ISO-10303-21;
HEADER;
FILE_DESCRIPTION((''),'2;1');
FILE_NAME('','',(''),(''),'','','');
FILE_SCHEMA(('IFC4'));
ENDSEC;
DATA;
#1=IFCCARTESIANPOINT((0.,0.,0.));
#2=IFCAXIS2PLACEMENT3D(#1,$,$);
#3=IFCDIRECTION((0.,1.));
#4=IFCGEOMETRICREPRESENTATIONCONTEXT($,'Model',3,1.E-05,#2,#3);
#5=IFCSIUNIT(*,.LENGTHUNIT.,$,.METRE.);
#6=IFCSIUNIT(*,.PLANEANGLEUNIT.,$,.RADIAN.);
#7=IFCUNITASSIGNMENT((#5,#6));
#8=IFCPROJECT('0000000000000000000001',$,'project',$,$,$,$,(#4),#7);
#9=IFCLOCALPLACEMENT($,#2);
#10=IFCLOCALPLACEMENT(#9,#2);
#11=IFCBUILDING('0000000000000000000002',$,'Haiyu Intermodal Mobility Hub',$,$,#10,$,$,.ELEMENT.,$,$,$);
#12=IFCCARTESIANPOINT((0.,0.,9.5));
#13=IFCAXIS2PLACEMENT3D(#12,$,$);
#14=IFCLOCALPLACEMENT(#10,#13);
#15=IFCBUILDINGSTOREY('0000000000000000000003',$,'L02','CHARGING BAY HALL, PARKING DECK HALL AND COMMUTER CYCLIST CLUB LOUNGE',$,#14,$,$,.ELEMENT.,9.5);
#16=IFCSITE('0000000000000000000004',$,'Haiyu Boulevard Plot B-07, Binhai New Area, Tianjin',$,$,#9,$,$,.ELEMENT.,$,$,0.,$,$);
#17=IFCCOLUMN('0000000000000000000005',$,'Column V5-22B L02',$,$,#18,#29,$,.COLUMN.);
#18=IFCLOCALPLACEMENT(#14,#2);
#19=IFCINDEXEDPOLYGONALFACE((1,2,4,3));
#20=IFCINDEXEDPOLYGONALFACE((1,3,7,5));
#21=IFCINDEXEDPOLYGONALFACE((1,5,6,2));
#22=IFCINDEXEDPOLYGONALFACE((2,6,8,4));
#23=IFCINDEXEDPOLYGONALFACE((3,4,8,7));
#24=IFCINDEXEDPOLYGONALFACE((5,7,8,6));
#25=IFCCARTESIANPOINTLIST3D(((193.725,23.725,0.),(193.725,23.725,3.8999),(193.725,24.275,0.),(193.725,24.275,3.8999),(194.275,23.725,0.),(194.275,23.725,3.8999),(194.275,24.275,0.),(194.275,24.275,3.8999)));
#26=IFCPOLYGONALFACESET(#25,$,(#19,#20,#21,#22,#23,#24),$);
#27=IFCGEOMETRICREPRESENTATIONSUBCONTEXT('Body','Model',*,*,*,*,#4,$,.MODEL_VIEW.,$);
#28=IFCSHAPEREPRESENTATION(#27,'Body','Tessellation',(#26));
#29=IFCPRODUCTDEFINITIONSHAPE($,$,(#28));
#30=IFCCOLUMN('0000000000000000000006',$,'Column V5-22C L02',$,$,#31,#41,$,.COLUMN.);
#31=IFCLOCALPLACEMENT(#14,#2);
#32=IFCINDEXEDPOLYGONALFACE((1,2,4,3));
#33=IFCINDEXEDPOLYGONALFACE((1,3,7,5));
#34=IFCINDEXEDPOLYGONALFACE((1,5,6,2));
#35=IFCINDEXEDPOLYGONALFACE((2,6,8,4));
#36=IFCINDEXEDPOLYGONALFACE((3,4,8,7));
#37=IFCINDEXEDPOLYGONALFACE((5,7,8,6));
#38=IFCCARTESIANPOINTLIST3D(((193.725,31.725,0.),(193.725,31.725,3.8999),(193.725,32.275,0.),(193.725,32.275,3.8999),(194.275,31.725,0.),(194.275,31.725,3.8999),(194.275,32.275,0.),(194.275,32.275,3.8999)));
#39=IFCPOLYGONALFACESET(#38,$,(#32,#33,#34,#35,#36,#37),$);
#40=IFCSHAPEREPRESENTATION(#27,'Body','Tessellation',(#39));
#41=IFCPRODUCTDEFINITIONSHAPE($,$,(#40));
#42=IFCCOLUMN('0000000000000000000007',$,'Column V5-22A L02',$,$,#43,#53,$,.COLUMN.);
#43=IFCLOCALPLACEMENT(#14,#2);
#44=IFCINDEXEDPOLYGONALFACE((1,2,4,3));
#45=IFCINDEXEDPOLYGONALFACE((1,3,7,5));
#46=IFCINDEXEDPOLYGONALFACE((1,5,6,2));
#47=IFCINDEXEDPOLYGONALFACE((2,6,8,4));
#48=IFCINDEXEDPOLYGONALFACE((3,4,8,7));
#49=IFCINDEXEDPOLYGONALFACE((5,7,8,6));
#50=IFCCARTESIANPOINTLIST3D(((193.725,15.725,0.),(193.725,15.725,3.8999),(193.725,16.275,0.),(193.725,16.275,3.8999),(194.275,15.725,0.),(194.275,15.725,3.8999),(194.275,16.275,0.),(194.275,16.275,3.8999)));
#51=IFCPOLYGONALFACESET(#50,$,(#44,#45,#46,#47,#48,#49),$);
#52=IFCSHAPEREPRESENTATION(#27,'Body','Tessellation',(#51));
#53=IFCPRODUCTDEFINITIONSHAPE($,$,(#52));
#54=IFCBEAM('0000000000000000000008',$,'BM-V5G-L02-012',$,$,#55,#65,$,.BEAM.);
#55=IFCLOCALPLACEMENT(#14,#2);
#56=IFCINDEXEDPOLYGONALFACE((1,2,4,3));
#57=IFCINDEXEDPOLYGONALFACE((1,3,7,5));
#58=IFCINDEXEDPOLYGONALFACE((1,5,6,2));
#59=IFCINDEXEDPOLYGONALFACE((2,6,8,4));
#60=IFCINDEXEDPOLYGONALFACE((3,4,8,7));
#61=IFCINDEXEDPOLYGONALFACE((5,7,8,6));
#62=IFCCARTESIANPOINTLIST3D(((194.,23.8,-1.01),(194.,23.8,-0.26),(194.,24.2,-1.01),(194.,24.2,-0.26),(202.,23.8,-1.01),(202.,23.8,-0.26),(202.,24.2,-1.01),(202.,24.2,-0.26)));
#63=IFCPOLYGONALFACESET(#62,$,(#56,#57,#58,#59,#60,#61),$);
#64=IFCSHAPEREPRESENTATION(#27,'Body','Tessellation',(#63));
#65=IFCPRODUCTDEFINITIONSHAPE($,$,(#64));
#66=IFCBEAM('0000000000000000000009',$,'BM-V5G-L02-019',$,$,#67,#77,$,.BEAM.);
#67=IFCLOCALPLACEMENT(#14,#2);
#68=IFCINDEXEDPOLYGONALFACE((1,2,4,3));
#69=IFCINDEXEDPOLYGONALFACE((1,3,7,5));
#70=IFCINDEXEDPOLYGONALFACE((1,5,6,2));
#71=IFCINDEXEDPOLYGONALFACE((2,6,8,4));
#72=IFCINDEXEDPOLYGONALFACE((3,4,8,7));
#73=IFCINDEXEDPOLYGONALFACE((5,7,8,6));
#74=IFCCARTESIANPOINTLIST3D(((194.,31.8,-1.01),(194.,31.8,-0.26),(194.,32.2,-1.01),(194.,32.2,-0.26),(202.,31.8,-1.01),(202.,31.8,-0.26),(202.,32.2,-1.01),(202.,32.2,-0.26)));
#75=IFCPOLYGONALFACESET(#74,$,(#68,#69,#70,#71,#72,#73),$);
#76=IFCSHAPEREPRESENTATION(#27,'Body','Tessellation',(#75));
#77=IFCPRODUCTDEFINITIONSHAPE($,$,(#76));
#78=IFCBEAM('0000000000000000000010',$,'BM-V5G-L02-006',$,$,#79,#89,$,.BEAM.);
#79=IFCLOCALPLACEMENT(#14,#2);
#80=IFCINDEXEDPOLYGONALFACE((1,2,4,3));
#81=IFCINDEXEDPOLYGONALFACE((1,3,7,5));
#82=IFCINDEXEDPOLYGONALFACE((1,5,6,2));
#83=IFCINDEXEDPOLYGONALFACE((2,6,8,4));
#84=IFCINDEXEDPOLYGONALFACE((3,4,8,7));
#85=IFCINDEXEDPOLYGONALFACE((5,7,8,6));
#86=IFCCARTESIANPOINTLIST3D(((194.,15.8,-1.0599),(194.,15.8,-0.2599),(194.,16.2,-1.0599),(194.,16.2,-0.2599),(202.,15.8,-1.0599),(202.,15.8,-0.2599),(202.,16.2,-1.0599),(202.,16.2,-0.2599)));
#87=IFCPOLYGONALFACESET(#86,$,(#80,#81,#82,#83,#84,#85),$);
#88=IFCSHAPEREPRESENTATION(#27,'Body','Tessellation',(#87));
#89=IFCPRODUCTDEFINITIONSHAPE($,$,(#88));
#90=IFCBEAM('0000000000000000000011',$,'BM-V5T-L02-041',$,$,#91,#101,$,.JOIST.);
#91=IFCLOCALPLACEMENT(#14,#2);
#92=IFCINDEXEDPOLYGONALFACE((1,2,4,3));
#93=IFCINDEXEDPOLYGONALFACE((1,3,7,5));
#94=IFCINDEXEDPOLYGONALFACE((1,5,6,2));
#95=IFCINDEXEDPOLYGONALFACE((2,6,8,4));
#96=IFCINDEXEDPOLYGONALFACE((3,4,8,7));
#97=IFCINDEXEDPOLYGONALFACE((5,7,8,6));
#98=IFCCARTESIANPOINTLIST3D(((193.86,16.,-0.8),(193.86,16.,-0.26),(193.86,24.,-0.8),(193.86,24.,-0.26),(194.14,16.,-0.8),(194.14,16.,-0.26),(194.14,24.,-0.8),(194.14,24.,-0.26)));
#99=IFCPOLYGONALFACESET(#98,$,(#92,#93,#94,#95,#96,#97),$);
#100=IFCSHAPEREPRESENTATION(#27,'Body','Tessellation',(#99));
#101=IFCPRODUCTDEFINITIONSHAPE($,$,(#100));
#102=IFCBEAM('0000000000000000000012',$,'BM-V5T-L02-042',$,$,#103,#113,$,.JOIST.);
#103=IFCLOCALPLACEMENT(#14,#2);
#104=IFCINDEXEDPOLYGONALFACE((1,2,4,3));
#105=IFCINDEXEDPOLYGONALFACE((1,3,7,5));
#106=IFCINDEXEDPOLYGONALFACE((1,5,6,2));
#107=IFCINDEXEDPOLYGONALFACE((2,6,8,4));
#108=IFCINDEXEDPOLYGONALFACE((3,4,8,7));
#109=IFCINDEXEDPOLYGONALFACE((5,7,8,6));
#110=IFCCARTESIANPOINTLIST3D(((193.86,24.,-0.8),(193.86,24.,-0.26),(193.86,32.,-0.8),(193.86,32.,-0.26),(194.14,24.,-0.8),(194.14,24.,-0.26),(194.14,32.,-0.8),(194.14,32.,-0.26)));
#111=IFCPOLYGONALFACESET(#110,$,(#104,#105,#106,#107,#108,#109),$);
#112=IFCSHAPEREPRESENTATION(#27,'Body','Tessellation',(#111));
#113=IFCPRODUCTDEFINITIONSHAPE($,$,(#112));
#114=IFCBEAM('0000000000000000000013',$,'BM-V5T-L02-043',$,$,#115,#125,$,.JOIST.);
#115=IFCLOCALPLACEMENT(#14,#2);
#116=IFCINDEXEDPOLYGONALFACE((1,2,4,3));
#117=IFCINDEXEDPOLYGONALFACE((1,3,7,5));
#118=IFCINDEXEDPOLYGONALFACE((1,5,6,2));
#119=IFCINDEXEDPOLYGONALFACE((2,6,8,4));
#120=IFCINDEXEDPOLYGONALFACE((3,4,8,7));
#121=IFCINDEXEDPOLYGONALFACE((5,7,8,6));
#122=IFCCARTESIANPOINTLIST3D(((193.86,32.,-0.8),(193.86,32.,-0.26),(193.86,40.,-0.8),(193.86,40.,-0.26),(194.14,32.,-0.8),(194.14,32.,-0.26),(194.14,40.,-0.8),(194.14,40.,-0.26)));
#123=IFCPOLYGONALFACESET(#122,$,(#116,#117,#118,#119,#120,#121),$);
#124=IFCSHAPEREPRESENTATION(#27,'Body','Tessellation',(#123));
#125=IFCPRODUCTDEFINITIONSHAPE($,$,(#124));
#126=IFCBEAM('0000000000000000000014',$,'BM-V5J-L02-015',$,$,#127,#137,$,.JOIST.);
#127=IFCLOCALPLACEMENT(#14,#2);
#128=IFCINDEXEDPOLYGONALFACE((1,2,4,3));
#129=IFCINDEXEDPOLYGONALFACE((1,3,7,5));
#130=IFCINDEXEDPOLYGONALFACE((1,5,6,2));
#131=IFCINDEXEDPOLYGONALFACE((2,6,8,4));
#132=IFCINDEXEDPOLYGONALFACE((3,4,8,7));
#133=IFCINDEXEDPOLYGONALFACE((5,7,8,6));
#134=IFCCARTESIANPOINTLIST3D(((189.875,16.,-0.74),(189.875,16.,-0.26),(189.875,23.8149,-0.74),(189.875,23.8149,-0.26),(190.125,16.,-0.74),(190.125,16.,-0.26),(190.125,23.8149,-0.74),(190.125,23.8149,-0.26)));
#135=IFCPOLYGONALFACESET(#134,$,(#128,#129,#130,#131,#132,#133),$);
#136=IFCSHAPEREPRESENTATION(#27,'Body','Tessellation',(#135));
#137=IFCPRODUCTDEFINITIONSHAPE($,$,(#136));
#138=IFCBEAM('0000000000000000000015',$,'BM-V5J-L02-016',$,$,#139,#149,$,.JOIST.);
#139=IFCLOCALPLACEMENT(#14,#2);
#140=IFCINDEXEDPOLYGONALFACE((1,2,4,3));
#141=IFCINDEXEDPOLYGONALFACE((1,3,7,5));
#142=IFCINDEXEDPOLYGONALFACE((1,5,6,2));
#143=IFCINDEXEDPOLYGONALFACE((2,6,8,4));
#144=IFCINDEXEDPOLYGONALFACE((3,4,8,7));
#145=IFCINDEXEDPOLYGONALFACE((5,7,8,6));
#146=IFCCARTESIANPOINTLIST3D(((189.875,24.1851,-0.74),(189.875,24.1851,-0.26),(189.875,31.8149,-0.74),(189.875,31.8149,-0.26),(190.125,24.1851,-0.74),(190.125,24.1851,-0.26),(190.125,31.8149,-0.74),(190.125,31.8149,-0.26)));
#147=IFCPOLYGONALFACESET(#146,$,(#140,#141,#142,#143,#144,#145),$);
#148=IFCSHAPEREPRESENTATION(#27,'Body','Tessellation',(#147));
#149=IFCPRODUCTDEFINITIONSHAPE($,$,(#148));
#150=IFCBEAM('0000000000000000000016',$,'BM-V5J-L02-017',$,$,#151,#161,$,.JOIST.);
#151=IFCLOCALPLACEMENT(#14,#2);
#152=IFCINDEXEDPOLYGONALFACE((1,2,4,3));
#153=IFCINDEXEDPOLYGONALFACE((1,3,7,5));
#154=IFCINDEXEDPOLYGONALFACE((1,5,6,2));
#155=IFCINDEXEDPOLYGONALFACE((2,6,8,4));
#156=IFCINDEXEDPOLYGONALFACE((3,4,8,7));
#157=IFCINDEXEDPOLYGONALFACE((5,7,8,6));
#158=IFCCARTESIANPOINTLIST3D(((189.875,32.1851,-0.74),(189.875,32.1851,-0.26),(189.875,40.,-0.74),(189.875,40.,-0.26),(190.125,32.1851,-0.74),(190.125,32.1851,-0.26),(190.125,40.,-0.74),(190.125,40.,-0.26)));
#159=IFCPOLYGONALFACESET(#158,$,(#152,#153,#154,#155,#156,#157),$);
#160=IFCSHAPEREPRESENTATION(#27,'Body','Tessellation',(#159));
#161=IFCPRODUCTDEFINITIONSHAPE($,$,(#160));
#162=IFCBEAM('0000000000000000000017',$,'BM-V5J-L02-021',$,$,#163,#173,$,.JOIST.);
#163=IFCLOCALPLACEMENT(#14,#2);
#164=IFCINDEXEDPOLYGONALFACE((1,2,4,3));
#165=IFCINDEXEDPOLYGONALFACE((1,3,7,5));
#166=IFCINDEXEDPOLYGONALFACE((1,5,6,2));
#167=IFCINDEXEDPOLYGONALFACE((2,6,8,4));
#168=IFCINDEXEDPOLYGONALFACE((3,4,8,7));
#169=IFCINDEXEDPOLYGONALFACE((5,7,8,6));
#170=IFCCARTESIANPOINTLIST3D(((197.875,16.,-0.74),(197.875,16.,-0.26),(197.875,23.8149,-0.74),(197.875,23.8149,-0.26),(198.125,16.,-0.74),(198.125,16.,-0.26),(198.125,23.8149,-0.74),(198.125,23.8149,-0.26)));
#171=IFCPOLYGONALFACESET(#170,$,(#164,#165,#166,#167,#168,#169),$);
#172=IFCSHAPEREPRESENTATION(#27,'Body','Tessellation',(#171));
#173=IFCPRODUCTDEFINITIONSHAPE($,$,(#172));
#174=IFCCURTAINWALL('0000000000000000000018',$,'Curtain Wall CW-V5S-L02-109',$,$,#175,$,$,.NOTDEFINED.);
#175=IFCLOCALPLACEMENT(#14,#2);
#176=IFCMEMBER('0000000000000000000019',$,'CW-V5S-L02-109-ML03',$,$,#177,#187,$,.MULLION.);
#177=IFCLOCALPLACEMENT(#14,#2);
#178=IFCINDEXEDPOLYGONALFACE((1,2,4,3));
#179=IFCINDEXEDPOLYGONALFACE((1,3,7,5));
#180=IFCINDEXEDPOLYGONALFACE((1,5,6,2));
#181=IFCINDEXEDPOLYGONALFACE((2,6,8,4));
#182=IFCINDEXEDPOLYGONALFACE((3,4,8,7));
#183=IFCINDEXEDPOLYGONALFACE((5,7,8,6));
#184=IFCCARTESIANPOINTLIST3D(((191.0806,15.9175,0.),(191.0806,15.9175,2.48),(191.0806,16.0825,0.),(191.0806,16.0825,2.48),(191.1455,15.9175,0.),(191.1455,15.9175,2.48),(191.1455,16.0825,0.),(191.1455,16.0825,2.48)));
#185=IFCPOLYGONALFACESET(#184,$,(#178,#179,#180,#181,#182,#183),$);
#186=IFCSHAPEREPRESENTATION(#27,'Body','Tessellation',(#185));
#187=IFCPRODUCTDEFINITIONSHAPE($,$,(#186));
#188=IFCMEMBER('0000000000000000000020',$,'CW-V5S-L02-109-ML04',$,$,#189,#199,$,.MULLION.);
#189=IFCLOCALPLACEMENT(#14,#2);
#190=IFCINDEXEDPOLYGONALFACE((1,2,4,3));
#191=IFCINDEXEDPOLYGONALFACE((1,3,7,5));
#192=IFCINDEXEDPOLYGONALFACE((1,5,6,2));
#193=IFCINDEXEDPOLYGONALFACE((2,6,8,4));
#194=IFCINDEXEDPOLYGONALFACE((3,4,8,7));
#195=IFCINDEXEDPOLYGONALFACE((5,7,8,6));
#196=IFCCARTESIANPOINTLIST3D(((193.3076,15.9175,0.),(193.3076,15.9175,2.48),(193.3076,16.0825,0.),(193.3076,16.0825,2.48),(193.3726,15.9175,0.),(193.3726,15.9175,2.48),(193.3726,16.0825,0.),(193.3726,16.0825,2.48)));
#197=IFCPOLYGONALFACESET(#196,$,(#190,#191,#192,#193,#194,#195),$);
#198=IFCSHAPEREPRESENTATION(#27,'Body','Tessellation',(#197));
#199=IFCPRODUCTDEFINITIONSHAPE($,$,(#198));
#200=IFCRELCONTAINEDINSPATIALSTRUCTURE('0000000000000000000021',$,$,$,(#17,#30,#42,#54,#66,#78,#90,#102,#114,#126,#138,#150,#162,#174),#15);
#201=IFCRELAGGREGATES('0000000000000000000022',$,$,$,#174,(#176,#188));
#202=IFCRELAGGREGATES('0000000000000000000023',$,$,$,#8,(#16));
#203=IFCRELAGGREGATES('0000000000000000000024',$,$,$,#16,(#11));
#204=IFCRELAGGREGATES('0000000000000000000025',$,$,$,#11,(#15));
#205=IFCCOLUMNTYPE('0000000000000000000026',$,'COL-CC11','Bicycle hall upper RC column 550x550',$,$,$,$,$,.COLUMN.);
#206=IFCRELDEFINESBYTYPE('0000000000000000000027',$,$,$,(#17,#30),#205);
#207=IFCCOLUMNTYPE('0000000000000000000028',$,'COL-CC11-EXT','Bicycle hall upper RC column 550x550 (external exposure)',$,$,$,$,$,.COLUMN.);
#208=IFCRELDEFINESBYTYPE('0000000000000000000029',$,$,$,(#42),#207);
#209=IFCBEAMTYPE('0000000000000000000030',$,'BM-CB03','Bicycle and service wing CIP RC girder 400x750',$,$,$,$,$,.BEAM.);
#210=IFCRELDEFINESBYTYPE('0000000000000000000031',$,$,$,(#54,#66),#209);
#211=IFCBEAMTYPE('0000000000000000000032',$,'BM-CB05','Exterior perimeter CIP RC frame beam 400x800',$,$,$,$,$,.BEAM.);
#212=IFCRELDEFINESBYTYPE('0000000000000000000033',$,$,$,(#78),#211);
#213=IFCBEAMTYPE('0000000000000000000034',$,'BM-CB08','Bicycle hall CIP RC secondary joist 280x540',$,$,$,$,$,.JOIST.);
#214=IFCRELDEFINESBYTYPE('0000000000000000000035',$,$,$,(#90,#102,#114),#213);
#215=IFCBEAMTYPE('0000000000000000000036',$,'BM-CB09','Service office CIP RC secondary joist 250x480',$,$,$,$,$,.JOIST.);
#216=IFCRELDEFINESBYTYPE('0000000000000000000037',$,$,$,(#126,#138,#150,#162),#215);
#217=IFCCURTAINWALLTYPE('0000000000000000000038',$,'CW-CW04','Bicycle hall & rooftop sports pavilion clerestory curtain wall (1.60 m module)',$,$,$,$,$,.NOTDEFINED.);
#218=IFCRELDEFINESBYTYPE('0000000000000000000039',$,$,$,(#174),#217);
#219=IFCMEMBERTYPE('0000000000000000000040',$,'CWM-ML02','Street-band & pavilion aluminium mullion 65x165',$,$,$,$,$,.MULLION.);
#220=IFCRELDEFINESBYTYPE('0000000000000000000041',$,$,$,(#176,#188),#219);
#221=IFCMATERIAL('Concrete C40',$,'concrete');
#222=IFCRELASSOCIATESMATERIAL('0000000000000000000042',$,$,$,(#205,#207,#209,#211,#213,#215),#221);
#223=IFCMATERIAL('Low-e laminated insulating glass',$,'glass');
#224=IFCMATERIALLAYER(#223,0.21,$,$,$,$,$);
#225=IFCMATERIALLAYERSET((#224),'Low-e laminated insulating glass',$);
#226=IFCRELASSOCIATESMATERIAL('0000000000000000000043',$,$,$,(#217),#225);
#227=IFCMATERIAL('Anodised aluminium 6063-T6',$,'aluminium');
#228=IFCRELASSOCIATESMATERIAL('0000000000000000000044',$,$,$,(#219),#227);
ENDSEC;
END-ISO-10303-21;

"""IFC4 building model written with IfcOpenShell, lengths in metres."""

from ifc_helpers import new_model, si_unit, direction, frame, origin, origin_2d, place, context, subcontext, project, spatial, rectangle, extrude, material, layer, layer_set, material_profile, profile_set, type_object, element, aggregate, save


model = new_model("IFC4")

# Units and contexts
model_context = context("Model", 3, precision=1e-05, world=origin(), true_north=direction((0.0, 1.0)))
body_context = subcontext(model_context, "Body", "Model", "MODEL_VIEW")
ifc_project = project(units=[si_unit("LENGTHUNIT", "METRE"), si_unit("PLANEANGLEUNIT", "RADIAN")], contexts=[model_context])

# Site, building, storey
site_placement = place(None, origin())
site = spatial("IfcSite", under=ifc_project, at=site_placement, Name="Haiyu Boulevard Plot B-07, Binhai New Area, Tianjin", CompositionType="ELEMENT", RefElevation=0.0)
building_placement = place(site_placement, origin())
building = spatial("IfcBuilding", under=site, at=building_placement, Name="Haiyu Intermodal Mobility Hub", CompositionType="ELEMENT")
storey_placement = place(building_placement, frame((0.0, 0.0, 9.5)))
storey = spatial("IfcBuildingStorey", under=building, at=storey_placement, Name="L02", Description="CHARGING BAY HALL, PARKING DECK HALL AND COMMUTER CYCLIST CLUB LOUNGE", CompositionType="ELEMENT", Elevation=9.5)

# Columns
ifc_material_1 = material(Name="Concrete C40", Category="concrete")
ifc_material_profile_1 = material_profile(ifc_material_1, rectangle(XDim=0.55, YDim=0.55, at=origin_2d()), Name="RC550x550")
ifc_profile_set_1 = profile_set([ifc_material_profile_1], Name="Concrete C40")
column_type_1 = type_object("IfcColumnType", Name="COL-CC11", Description="Bicycle hall upper RC column 550x550", PredefinedType="COLUMN", material=ifc_profile_set_1)
for number, where, z_axis, x_axis, name in (
    (1, (194.0, 24.0, 0.0), (0.0, 0.0, 1.0), (1.0, 0.0, 0.0), "Column V5-22B L02"),
    (2, (194.0, 32.0, 0.0), (0.0, 0.0, 1.0), (1.0, 0.0, 0.0), "Column V5-22C L02"),
):
    element("IfcColumn", number, at=place(storey_placement, frame(where, z_axis=z_axis, x_axis=x_axis)), inside=storey, type_object=column_type_1, Name=name, PredefinedType="COLUMN", context=body_context, shape_type="SweptSolid", body=[
        extrude(rectangle(XDim=0.55, YDim=0.55, at=origin_2d()), origin(), (0.0, 0.0, 1.0), 3.8999),
    ])
ifc_material_profile_2 = material_profile(ifc_material_1, rectangle(XDim=0.55, YDim=0.55, at=origin_2d()), Name="RC550x550")
ifc_profile_set_2 = profile_set([ifc_material_profile_2], Name="Concrete C40")
column_type_2 = type_object("IfcColumnType", Name="COL-CC11-EXT", Description="Bicycle hall upper RC column 550x550 (external exposure)", PredefinedType="COLUMN", material=ifc_profile_set_2)
column_placement = place(storey_placement, frame((194.0, 16.0, 0.0), z_axis=(0.0, 0.0, 1.0), x_axis=(1.0, 0.0, 0.0)))
element("IfcColumn", 3, at=column_placement, inside=storey, type_object=column_type_2, Name="Column V5-22A L02", PredefinedType="COLUMN", context=body_context, shape_type="SweptSolid", body=[
    extrude(rectangle(XDim=0.55, YDim=0.55, at=origin_2d()), origin(), (0.0, 0.0, 1.0), 3.8999),
])

# Beams
ifc_material_profile_3 = material_profile(ifc_material_1, rectangle(XDim=0.3999, YDim=0.75, at=origin_2d()), Name="RCB400x750")
ifc_profile_set_3 = profile_set([ifc_material_profile_3], Name="Concrete C40")
beam_type_1 = type_object("IfcBeamType", Name="BM-CB03", Description="Bicycle and service wing CIP RC girder 400x750", PredefinedType="BEAM", material=ifc_profile_set_3)
for number, where, z_axis, x_axis, name in (
    (4, (194.0, 24.0, -0.635), (1.0, 0.0, 0.0), (0.0, 1.0, 0.0), "BM-V5G-L02-012"),
    (5, (194.0, 32.0, -0.635), (1.0, 0.0, 0.0), (0.0, 1.0, 0.0), "BM-V5G-L02-019"),
):
    element("IfcBeam", number, at=place(storey_placement, frame(where, z_axis=z_axis, x_axis=x_axis)), inside=storey, type_object=beam_type_1, Name=name, PredefinedType="BEAM", context=body_context, shape_type="SweptSolid", body=[
        extrude(rectangle(XDim=0.3999, YDim=0.75, at=origin_2d()), origin(), (0.0, 0.0, 1.0), 8.0),
    ])
ifc_material_profile_4 = material_profile(ifc_material_1, rectangle(XDim=0.3999, YDim=0.8, at=origin_2d()), Name="RCB400x800")
ifc_profile_set_4 = profile_set([ifc_material_profile_4], Name="Concrete C40")
beam_type_2 = type_object("IfcBeamType", Name="BM-CB05", Description="Exterior perimeter CIP RC frame beam 400x800", PredefinedType="BEAM", material=ifc_profile_set_4)
beam_1_placement = place(storey_placement, frame((194.0, 16.0, -0.6599), z_axis=(1.0, 0.0, 0.0), x_axis=(0.0, 1.0, 0.0)))
element("IfcBeam", 6, at=beam_1_placement, inside=storey, type_object=beam_type_2, Name="BM-V5G-L02-006", PredefinedType="BEAM", context=body_context, shape_type="SweptSolid", body=[
    extrude(rectangle(XDim=0.3999, YDim=0.8, at=origin_2d()), origin(), (0.0, 0.0, 1.0), 8.0),
])
ifc_material_profile_5 = material_profile(ifc_material_1, rectangle(XDim=0.28, YDim=0.54, at=origin_2d()), Name="RCB280x540")
ifc_profile_set_5 = profile_set([ifc_material_profile_5], Name="Concrete C40")
beam_type_3 = type_object("IfcBeamType", Name="BM-CB08", Description="Bicycle hall CIP RC secondary joist 280x540", PredefinedType="JOIST", material=ifc_profile_set_5)
for number, where, z_axis, x_axis, name in (
    (7, (194.0, 16.0, -0.53), (0.0, 1.0, 0.0), (-1.0, 0.0, 0.0), "BM-V5T-L02-041"),
    (8, (194.0, 24.0, -0.53), (0.0, 1.0, 0.0), (-1.0, 0.0, 0.0), "BM-V5T-L02-042"),
    (9, (194.0, 32.0, -0.53), (0.0, 1.0, 0.0), (-1.0, 0.0, 0.0), "BM-V5T-L02-043"),
):
    element("IfcBeam", number, at=place(storey_placement, frame(where, z_axis=z_axis, x_axis=x_axis)), inside=storey, type_object=beam_type_3, Name=name, PredefinedType="JOIST", context=body_context, shape_type="SweptSolid", body=[
        extrude(rectangle(XDim=0.28, YDim=0.54, at=origin_2d()), origin(), (0.0, 0.0, 1.0), 8.0),
    ])
ifc_material_profile_6 = material_profile(ifc_material_1, rectangle(XDim=0.25, YDim=0.48, at=origin_2d()), Name="RCB250x480")
ifc_profile_set_6 = profile_set([ifc_material_profile_6], Name="Concrete C40")
beam_type_4 = type_object("IfcBeamType", Name="BM-CB09", Description="Service office CIP RC secondary joist 250x480", PredefinedType="JOIST", material=ifc_profile_set_6)
beam_2_placement = place(storey_placement, frame((190.0, 16.0, -0.5), z_axis=(0.0, 1.0, 0.0), x_axis=(-1.0, 0.0, 0.0)))
element("IfcBeam", 10, at=beam_2_placement, inside=storey, type_object=beam_type_4, Name="BM-V5J-L02-015", PredefinedType="JOIST", context=body_context, shape_type="SweptSolid", body=[
    extrude(rectangle(XDim=0.25, YDim=0.48, at=origin_2d()), origin(), (0.0, 0.0, 1.0), 7.8149),
])
beam_3_placement = place(storey_placement, frame((190.0, 24.1851, -0.5), z_axis=(0.0, 1.0, 0.0), x_axis=(-1.0, 0.0, 0.0)))
element("IfcBeam", 11, at=beam_3_placement, inside=storey, type_object=beam_type_4, Name="BM-V5J-L02-016", PredefinedType="JOIST", context=body_context, shape_type="SweptSolid", body=[
    extrude(rectangle(XDim=0.25, YDim=0.48, at=origin_2d()), origin(), (0.0, 0.0, 1.0), 7.6299),
])
for number, where, z_axis, x_axis, name in (
    (12, (190.0, 32.1851, -0.5), (0.0, 1.0, 0.0), (-1.0, 0.0, 0.0), "BM-V5J-L02-017"),
    (13, (198.0, 16.0, -0.5), (0.0, 1.0, 0.0), (-1.0, 0.0, 0.0), "BM-V5J-L02-021"),
):
    element("IfcBeam", number, at=place(storey_placement, frame(where, z_axis=z_axis, x_axis=x_axis)), inside=storey, type_object=beam_type_4, Name=name, PredefinedType="JOIST", context=body_context, shape_type="SweptSolid", body=[
        extrude(rectangle(XDim=0.25, YDim=0.48, at=origin_2d()), origin(), (0.0, 0.0, 1.0), 7.8149),
    ])

# Curtain wall, members
ifc_material_2 = material(Name="Low-e laminated insulating glass", Category="glass")
ifc_layer_1 = layer(ifc_material_2, 0.21)
ifc_layer_set_1 = layer_set([ifc_layer_1], Name="Low-e laminated insulating glass")
curtain_wall_type = type_object("IfcCurtainWallType", Name="CW-CW04", Description="Bicycle hall & rooftop sports pavilion clerestory curtain wall (1.60 m module)", PredefinedType="NOTDEFINED", material=ifc_layer_set_1)
curtain_wall_1_placement = place(storey_placement, origin())
curtain_wall_1 = element("IfcCurtainWall", 14, at=curtain_wall_1_placement, inside=storey, type_object=curtain_wall_type, Name="Curtain Wall CW-V5S-L02-109", PredefinedType="NOTDEFINED")
ifc_material_3 = material(Name="Anodised aluminium 6063-T6", Category="aluminium")
ifc_material_profile_7 = material_profile(ifc_material_3, rectangle(XDim=0.0649, YDim=0.165, at=origin_2d()), Name="ALU65x165")
ifc_profile_set_7 = profile_set([ifc_material_profile_7], Name="Anodised aluminium 6063-T6")
member_type_1 = type_object("IfcMemberType", Name="CWM-ML02", Description="Street-band & pavilion aluminium mullion 65x165", PredefinedType="MULLION", material=ifc_profile_set_7)
member_1_placement = place(storey_placement, frame((191.113, 16.0, 0.0), z_axis=(0.0, 0.0, 1.0), x_axis=(1.0, 0.0, 0.0)))
member_1 = element("IfcMember", 15, at=member_1_placement, type_object=member_type_1, Name="CW-V5S-L02-109-ML03", PredefinedType="MULLION", context=body_context, shape_type="SweptSolid", body=[
    extrude(rectangle(XDim=0.0649, YDim=0.165, at=origin_2d()), origin(), (0.0, 0.0, 1.0), 2.48),
])
member_2_placement = place(storey_placement, frame((193.3401, 16.0, 0.0), z_axis=(0.0, 0.0, 1.0), x_axis=(1.0, 0.0, 0.0)))
member_2 = element("IfcMember", 16, at=member_2_placement, type_object=member_type_1, Name="CW-V5S-L02-109-ML04", PredefinedType="MULLION", context=body_context, shape_type="SweptSolid", body=[
    extrude(rectangle(XDim=0.0649, YDim=0.165, at=origin_2d()), origin(), (0.0, 0.0, 1.0), 2.48),
])

aggregate(curtain_wall_1, [member_1, member_2])

save(model, "model.ifc")
